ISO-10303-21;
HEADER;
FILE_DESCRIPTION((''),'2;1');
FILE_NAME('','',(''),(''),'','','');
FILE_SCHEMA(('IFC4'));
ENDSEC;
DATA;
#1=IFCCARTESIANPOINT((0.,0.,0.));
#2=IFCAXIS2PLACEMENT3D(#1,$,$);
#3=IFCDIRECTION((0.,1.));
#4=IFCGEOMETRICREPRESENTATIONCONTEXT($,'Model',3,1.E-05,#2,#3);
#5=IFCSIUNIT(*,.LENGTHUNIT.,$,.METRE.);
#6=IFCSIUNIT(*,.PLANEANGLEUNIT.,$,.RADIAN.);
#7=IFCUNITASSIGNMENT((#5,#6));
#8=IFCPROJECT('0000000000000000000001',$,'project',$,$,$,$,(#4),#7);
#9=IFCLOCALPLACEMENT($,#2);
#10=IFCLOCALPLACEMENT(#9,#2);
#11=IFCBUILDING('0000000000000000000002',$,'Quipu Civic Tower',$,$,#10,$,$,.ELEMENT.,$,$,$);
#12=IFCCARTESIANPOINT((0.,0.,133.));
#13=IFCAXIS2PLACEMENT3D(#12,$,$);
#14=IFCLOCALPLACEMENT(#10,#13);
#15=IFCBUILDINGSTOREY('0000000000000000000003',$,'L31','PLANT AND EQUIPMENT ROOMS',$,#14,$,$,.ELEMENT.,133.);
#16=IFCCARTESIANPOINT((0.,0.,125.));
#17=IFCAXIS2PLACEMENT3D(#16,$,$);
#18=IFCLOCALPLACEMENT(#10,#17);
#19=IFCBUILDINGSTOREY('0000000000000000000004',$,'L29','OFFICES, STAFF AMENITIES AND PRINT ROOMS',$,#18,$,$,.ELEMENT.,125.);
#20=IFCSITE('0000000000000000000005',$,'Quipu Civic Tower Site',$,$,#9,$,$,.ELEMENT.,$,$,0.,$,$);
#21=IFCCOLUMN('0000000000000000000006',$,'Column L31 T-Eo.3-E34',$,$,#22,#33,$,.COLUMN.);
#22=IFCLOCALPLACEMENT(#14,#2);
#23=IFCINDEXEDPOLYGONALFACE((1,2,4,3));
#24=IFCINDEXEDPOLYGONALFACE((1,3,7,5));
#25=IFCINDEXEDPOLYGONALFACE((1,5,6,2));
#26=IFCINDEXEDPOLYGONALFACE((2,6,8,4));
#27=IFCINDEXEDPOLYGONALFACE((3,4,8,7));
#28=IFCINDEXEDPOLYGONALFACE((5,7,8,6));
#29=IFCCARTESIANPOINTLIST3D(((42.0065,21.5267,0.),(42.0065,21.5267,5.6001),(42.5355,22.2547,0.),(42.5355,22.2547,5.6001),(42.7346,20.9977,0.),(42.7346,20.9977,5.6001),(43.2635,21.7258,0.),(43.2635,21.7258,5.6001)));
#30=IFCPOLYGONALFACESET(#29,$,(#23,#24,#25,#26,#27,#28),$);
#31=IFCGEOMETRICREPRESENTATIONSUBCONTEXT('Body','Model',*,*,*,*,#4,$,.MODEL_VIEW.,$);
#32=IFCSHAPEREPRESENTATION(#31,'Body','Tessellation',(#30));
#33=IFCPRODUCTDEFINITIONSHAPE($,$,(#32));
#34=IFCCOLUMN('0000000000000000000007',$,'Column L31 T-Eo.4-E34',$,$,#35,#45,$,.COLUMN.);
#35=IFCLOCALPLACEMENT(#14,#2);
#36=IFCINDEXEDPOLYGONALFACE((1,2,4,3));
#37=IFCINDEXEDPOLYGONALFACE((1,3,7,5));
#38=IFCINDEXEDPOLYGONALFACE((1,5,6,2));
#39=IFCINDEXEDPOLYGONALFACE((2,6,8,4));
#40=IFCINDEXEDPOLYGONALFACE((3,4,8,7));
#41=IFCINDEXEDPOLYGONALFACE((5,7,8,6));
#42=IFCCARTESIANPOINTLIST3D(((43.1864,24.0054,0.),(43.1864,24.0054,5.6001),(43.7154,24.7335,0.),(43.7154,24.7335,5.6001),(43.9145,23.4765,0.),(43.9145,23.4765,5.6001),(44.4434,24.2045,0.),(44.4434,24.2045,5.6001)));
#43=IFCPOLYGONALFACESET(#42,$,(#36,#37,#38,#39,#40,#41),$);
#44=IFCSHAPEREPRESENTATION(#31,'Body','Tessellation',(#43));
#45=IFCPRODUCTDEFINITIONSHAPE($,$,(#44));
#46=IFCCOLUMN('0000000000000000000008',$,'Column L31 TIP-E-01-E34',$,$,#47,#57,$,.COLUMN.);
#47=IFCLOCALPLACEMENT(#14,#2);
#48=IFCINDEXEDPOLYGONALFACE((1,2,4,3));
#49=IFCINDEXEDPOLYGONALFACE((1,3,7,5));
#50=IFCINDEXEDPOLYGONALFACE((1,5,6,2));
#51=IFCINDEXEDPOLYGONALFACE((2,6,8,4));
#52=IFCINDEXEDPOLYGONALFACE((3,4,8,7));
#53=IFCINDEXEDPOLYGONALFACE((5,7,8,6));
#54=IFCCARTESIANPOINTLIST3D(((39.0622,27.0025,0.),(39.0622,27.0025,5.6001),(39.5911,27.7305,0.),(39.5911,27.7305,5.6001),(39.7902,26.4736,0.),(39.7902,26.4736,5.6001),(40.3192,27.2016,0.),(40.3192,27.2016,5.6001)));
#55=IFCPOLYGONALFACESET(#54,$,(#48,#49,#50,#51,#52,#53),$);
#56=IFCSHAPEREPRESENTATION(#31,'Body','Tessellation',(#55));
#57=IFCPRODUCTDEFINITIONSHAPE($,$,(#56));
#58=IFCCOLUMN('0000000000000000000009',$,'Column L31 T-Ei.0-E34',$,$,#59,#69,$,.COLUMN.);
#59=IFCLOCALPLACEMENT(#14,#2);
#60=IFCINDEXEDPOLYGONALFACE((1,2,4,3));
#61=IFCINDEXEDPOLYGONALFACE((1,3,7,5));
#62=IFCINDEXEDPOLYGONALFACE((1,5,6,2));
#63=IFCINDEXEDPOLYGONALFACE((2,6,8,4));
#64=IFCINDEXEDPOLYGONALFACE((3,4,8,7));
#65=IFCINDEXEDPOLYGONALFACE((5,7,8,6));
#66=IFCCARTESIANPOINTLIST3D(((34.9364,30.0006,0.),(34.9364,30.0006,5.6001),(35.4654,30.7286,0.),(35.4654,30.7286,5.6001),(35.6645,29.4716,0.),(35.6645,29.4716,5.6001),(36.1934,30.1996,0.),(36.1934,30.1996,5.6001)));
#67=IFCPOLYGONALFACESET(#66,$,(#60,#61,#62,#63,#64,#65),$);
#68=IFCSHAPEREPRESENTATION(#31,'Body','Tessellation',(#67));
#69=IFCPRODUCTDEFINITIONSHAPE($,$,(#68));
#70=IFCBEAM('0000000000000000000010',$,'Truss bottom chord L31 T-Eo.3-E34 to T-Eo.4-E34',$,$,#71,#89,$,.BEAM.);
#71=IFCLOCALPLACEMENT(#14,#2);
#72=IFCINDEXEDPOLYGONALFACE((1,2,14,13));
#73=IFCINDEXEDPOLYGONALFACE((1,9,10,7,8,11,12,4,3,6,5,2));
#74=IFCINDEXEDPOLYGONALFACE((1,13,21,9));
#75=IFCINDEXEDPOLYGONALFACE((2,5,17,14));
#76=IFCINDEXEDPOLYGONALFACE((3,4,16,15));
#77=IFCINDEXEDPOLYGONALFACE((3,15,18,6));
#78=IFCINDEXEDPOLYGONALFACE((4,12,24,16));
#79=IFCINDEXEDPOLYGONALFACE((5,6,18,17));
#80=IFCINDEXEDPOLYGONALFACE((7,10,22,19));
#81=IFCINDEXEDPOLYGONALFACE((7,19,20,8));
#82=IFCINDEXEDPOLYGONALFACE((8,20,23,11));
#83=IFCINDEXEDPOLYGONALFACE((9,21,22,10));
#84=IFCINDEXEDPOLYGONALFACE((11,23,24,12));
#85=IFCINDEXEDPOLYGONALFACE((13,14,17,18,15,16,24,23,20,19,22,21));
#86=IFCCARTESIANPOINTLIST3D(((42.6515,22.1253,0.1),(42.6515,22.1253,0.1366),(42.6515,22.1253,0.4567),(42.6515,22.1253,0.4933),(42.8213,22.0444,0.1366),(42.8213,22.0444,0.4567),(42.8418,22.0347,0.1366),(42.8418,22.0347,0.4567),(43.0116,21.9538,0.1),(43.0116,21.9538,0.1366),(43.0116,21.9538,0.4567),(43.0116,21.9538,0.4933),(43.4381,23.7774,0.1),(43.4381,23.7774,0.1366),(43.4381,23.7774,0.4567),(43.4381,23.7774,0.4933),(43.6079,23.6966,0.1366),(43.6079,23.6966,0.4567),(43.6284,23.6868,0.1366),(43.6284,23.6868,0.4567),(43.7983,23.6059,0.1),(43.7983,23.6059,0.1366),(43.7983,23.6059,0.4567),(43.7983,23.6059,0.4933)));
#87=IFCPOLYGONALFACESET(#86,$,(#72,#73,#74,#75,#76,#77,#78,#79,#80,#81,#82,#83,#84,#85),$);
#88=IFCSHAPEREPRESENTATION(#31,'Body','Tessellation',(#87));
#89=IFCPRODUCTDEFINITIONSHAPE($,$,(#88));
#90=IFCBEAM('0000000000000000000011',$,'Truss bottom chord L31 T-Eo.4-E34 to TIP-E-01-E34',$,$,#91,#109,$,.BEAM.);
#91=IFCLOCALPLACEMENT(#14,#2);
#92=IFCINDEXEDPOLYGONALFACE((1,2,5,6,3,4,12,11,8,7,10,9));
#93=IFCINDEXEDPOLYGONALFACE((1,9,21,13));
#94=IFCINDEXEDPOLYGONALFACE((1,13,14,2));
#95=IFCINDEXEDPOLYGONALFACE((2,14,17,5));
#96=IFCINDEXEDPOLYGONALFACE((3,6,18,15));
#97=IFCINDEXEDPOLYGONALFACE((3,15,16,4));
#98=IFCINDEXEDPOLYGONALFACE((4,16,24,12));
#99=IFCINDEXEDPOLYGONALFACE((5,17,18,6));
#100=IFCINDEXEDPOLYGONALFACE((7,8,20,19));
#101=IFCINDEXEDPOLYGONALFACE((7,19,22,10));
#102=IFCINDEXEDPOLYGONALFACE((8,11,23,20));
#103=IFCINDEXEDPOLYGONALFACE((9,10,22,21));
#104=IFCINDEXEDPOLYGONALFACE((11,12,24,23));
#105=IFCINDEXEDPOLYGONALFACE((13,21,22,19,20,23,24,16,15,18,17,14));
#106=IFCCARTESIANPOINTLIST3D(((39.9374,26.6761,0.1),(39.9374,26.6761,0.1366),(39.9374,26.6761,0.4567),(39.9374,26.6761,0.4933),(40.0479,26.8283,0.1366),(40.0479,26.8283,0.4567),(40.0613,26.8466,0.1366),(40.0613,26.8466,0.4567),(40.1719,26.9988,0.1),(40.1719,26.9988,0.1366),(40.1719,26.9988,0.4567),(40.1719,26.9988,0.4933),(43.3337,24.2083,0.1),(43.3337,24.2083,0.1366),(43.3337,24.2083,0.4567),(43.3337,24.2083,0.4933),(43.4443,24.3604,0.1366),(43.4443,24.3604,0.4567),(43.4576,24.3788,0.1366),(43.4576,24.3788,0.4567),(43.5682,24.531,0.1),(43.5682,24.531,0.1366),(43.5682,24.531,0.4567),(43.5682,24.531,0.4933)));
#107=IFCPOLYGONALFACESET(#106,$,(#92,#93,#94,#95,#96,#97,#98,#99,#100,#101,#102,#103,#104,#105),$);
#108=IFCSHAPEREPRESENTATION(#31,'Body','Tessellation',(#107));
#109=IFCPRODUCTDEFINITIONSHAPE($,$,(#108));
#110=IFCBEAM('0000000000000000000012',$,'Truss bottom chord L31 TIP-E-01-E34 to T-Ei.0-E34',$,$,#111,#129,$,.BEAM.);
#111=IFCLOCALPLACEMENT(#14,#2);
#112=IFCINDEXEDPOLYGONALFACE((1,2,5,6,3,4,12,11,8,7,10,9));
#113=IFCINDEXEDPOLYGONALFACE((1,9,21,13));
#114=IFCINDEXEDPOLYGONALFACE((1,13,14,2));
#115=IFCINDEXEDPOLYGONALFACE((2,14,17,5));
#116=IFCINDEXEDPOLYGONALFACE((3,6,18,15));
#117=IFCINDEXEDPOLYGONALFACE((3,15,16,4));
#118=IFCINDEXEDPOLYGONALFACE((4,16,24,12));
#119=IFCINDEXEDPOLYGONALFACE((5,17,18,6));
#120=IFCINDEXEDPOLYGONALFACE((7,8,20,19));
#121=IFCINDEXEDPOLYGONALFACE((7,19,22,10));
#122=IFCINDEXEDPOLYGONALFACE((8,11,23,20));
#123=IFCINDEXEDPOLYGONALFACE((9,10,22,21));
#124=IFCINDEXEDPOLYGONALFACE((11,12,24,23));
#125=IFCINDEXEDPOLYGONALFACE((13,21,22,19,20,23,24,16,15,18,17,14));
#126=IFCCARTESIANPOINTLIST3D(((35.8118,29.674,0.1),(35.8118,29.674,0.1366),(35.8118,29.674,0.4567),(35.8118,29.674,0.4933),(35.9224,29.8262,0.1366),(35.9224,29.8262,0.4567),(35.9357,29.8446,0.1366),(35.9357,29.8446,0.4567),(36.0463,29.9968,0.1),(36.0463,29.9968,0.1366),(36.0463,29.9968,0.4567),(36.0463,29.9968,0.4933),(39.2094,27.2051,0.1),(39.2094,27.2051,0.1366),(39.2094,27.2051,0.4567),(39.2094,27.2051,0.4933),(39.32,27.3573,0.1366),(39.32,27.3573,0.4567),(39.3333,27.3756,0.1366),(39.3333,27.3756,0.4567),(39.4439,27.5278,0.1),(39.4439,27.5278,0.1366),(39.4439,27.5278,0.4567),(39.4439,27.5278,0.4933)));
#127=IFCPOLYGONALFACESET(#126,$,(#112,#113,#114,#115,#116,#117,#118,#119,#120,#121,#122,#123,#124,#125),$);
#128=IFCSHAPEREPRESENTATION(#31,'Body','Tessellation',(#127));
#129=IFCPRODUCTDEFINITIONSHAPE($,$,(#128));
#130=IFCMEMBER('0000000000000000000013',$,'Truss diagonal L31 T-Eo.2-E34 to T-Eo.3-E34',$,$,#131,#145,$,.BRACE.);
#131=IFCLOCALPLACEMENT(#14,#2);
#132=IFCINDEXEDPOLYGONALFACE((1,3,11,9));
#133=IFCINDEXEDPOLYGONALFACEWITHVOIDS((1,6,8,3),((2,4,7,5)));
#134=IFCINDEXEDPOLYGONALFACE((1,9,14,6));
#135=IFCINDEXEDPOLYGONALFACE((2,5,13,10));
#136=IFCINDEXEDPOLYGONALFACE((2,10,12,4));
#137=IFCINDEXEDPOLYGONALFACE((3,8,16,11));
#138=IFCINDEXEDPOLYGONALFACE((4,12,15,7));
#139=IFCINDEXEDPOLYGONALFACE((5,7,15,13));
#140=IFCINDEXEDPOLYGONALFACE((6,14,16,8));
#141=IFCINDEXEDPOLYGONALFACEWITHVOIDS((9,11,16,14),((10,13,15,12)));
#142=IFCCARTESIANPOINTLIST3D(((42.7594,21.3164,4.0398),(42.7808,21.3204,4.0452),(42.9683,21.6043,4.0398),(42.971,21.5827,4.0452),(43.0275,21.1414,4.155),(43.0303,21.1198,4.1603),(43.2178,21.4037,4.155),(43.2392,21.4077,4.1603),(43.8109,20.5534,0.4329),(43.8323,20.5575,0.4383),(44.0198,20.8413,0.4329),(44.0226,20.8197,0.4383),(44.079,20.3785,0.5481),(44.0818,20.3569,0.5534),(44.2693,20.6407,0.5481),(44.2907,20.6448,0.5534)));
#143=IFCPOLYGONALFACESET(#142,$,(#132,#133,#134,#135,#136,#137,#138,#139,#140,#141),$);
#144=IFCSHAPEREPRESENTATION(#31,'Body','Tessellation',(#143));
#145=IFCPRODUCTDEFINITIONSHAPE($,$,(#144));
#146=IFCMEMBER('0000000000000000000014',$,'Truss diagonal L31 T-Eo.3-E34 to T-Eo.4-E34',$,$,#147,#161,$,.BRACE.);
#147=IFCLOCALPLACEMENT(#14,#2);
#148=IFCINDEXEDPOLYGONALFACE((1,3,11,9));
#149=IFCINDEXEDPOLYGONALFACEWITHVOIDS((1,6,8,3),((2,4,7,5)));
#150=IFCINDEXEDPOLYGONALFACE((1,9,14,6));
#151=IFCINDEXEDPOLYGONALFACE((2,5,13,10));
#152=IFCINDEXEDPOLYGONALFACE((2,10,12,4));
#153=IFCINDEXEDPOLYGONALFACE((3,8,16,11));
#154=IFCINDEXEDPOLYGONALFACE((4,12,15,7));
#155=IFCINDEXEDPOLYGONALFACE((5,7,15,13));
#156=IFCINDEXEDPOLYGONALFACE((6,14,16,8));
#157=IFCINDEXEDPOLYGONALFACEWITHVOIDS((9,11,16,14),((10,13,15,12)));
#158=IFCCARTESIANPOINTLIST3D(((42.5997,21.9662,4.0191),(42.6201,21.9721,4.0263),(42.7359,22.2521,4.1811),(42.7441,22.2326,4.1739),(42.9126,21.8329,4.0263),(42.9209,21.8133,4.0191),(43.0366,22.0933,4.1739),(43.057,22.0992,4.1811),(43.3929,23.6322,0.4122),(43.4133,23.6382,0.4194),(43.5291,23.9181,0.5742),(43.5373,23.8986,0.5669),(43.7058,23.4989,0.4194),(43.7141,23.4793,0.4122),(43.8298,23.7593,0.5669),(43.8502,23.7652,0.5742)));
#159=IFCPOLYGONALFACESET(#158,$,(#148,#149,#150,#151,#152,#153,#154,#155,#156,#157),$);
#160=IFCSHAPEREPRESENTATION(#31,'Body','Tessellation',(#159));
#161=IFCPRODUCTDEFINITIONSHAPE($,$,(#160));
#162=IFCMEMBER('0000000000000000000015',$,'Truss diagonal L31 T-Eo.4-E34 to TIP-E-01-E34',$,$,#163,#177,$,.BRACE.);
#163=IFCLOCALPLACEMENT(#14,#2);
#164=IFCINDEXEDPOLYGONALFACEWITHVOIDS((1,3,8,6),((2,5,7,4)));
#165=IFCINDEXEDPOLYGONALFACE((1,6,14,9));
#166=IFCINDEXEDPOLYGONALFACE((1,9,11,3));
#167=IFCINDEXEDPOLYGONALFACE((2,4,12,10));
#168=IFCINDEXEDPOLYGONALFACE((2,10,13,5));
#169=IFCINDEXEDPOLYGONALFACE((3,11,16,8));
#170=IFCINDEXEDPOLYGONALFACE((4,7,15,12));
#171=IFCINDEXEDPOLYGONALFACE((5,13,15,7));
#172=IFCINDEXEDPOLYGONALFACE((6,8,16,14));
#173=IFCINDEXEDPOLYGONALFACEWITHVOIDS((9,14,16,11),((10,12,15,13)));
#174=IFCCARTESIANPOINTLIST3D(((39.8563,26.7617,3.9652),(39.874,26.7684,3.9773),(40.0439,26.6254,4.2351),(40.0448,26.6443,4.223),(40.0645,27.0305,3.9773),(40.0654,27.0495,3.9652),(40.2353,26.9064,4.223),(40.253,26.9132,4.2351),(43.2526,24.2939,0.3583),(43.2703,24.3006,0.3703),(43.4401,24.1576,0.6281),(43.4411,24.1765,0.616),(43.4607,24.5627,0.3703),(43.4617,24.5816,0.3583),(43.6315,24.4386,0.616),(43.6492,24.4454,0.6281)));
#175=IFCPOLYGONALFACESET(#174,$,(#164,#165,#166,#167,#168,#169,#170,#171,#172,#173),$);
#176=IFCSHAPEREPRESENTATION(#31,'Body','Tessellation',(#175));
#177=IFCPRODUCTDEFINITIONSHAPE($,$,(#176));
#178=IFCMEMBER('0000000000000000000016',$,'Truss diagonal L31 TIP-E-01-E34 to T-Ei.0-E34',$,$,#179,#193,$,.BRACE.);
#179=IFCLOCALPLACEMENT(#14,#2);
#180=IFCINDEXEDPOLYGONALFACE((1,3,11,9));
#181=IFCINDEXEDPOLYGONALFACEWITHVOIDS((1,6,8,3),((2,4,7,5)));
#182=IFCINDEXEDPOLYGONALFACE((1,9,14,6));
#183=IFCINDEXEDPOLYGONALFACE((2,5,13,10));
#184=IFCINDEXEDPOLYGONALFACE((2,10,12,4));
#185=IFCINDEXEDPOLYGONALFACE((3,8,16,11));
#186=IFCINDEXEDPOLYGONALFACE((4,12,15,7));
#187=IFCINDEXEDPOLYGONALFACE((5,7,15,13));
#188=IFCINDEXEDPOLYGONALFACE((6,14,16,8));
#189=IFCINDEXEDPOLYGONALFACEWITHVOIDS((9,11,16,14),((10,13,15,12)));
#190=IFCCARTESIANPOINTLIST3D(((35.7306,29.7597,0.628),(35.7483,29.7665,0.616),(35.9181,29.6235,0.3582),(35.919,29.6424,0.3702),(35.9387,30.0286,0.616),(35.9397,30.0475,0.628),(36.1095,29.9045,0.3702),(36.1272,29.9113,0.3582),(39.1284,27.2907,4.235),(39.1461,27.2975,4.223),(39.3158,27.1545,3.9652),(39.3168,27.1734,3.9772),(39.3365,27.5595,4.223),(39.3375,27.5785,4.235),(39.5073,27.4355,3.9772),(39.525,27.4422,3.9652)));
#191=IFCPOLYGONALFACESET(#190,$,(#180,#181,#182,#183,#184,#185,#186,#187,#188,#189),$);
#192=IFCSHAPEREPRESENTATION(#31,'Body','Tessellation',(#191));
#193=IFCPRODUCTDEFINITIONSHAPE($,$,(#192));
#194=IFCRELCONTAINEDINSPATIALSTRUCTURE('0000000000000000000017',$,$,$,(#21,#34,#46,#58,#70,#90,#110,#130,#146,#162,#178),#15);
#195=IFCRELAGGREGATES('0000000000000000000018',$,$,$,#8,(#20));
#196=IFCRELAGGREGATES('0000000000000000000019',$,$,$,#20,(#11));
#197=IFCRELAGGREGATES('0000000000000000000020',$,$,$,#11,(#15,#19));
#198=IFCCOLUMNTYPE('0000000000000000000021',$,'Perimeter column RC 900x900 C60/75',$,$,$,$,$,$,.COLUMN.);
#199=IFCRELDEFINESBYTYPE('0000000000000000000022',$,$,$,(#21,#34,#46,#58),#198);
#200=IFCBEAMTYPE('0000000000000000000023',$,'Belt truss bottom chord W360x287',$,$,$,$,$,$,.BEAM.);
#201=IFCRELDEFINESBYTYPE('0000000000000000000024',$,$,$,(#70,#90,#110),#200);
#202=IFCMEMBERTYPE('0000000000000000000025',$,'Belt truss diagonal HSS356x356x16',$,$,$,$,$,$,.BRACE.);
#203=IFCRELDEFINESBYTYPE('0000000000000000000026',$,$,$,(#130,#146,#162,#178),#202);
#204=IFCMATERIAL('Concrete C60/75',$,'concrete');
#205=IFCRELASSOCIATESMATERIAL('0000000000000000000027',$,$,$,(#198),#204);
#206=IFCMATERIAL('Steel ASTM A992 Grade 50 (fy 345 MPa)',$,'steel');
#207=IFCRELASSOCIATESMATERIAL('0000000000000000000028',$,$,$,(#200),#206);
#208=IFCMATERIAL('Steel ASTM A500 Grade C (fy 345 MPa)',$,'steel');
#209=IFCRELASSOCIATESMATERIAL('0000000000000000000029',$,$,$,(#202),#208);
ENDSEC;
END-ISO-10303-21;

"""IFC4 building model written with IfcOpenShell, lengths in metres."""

from ifc_helpers import new_model, si_unit, direction, frame, origin, origin_2d, place, context, subcontext, project, spatial, rectangle, hollow_rectangle, i_section, extrude, material, material_profile, profile_set, type_object, element, save


model = new_model("IFC4")

# Units and contexts
model_context = context("Model", 3, precision=1e-05, world=origin(), true_north=direction((0.0, 1.0)))
body_context = subcontext(model_context, "Body", "Model", "MODEL_VIEW")
ifc_project = project(units=[si_unit("LENGTHUNIT", "METRE"), si_unit("PLANEANGLEUNIT", "RADIAN")], contexts=[model_context])

# Site, building, storey
site_placement = place(None, origin())
site = spatial("IfcSite", under=ifc_project, at=site_placement, Name="Quipu Civic Tower Site", CompositionType="ELEMENT", RefElevation=0.0)
building_placement = place(site_placement, origin())
building = spatial("IfcBuilding", under=site, at=building_placement, Name="Quipu Civic Tower", CompositionType="ELEMENT")
storey_1_placement = place(building_placement, frame((0.0, 0.0, 133.0)))
storey_1 = spatial("IfcBuildingStorey", under=building, at=storey_1_placement, Name="L31", Description="PLANT AND EQUIPMENT ROOMS", CompositionType="ELEMENT", Elevation=133.0)

# Columns
ifc_material_1 = material(Name="Concrete C60/75", Category="concrete")
ifc_material_profile_1 = material_profile(ifc_material_1, rectangle(XDim=0.8999, YDim=0.8999, at=origin_2d()), Name="RC900x900")
ifc_profile_set_1 = profile_set([ifc_material_profile_1], Name="Concrete C60/75")
column_type = type_object("IfcColumnType", Name="Perimeter column RC 900x900 C60/75", PredefinedType="COLUMN", material=ifc_profile_set_1)
for number, where, z_axis, x_axis, name in (
    (1, (42.635, 21.6262, 0.0), (0.0, 0.0, 1.0), (-0.809017, 0.587785, 0.0), "Column L31 T-Eo.3-E34"),
    (2, (43.8149, 24.105, 0.0), (0.0, 0.0, 1.0), (-0.809017, 0.587785, 0.0), "Column L31 T-Eo.4-E34"),
    (3, (39.6907, 27.1021, 0.0), (0.0, 0.0, 1.0), (-0.809017, 0.587785, 0.0), "Column L31 TIP-E-01-E34"),
    (4, (35.5649, 30.1001, 0.0), (0.0, 0.0, 1.0), (-0.587785, -0.809017, 0.0), "Column L31 T-Ei.0-E34"),
):
    element("IfcColumn", number, at=place(storey_1_placement, frame(where, z_axis=z_axis, x_axis=x_axis)), inside=storey_1, type_object=column_type, Name=name, PredefinedType="COLUMN", context=body_context, shape_type="SweptSolid", body=[
        extrude(rectangle(XDim=0.8999, YDim=0.8999, at=origin_2d()), origin(), (0.0, 0.0, 1.0), 5.6001),
    ])

# Beams
ifc_material_2 = material(Name="Steel ASTM A992 Grade 50 (fy 345 MPa)", Category="steel")
ifc_material_profile_2 = material_profile(ifc_material_2, i_section(OverallWidth=0.3989, OverallDepth=0.3933, WebThickness=0.0227, FlangeThickness=0.0366, at=origin_2d()), Name="W360x287")
ifc_profile_set_2 = profile_set([ifc_material_profile_2], Name="Steel ASTM A992 Grade 50 (fy 345 MPa)")
beam_type_1 = type_object("IfcBeamType", Name="Belt truss bottom chord W360x287", PredefinedType="BEAM", material=ifc_profile_set_2)
beam_1_placement = place(storey_1_placement, frame((42.8315, 22.0396, 0.2966), z_axis=(0.429892, 0.90288, 0.0), x_axis=(-0.90288, 0.429892, 0.0)))
element("IfcBeam", 5, at=beam_1_placement, inside=storey_1, type_object=beam_type_1, Name="Truss bottom chord L31 T-Eo.3-E34 to T-Eo.4-E34", PredefinedType="BEAM", context=body_context, shape_type="SweptSolid", body=[
    extrude(i_section(OverallWidth=0.3989, OverallDepth=0.3933, WebThickness=0.0227, FlangeThickness=0.0366, at=origin_2d()), origin(), (0.0, 0.0, 1.0), 1.8298),
])
beam_2_placement = place(storey_1_placement, frame((43.4509, 24.3696, 0.2966), z_axis=(-0.808987, 0.587826, 0.0), x_axis=(-0.587826, -0.808987, 0.0)))
element("IfcBeam", 6, at=beam_2_placement, inside=storey_1, type_object=beam_type_1, Name="Truss bottom chord L31 T-Eo.4-E34 to TIP-E-01-E34", PredefinedType="BEAM", context=body_context, shape_type="SweptSolid", body=[
    extrude(i_section(OverallWidth=0.3989, OverallDepth=0.3933, WebThickness=0.0227, FlangeThickness=0.0366, at=origin_2d()), origin(), (0.0, 0.0, 1.0), 4.1982),
])
beam_3_placement = place(storey_1_placement, frame((39.3267, 27.3665, 0.2966), z_axis=(-0.80897, 0.58785, 0.0), x_axis=(-0.58785, -0.80897, 0.0)))
element("IfcBeam", 7, at=beam_3_placement, inside=storey_1, type_object=beam_type_1, Name="Truss bottom chord L31 TIP-E-01-E34 to T-Ei.0-E34", PredefinedType="BEAM", context=body_context, shape_type="SweptSolid", body=[
    extrude(i_section(OverallWidth=0.3989, OverallDepth=0.3933, WebThickness=0.0227, FlangeThickness=0.0366, at=origin_2d()), origin(), (0.0, 0.0, 1.0), 4.2),
])

# Members
ifc_material_3 = material(Name="Steel ASTM A500 Grade C (fy 345 MPa)", Category="steel")
ifc_material_profile_3 = material_profile(ifc_material_3, hollow_rectangle(XDim=0.3557, YDim=0.3557, WallThickness=0.0159, at=origin_2d()), Name="HSS356x356x16")
ifc_profile_set_3 = profile_set([ifc_material_profile_3], Name="Steel ASTM A500 Grade C (fy 345 MPa)")
member_type_1 = type_object("IfcMemberType", Name="Belt truss diagonal HSS356x356x16", PredefinedType="BRACE", material=ifc_profile_set_3)
member_1_placement = place(storey_1_placement, frame((44.0508, 20.5991, 0.4932), z_axis=(-0.274277, 0.199005, 0.940834), x_axis=(-0.587266, -0.809394, 0.0)))
element("IfcMember", 8, at=member_1_placement, inside=storey_1, type_object=member_type_1, Name="Truss diagonal L31 T-Eo.2-E34 to T-Eo.3-E34", PredefinedType="BRACE", context=body_context, shape_type="SweptSolid", body=[
    extrude(hollow_rectangle(XDim=0.3557, YDim=0.3557, WallThickness=0.0159, at=origin_2d()), origin(), (0.0, 0.0, 1.0), 3.8337),
])
member_2_placement = place(storey_1_placement, frame((42.8284, 22.0327, 4.1001), z_axis=(0.195782, 0.411208, -0.890268), x_axis=(-0.902887, 0.429877, 0.0)))
element("IfcMember", 9, at=member_2_placement, inside=storey_1, type_object=member_type_1, Name="Truss diagonal L31 T-Eo.3-E34 to T-Eo.4-E34", PredefinedType="BRACE", context=body_context, shape_type="SweptSolid", body=[
    extrude(hollow_rectangle(XDim=0.3557, YDim=0.3557, WallThickness=0.0159, at=origin_2d()), origin(), (0.0, 0.0, 1.0), 4.0515),
])
member_3_placement = place(storey_1_placement, frame((43.4509, 24.3696, 0.4932), z_axis=(-0.613613, 0.445863, 0.651679), x_axis=(-0.587826, -0.808987, 0.0)))
element("IfcMember", 10, at=member_3_placement, inside=storey_1, type_object=member_type_1, Name="Truss diagonal L31 T-Eo.4-E34 to TIP-E-01-E34", PredefinedType="BRACE", context=body_context, shape_type="SweptSolid", body=[
    extrude(hollow_rectangle(XDim=0.3557, YDim=0.3557, WallThickness=0.0159, at=origin_2d()), origin(), (0.0, 0.0, 1.0), 5.5349),
])
member_4_placement = place(storey_1_placement, frame((39.3267, 27.3665, 4.1001), z_axis=(-0.613717, 0.445967, -0.65151), x_axis=(-0.58785, -0.80897, 0.0)))
element("IfcMember", 11, at=member_4_placement, inside=storey_1, type_object=member_type_1, Name="Truss diagonal L31 TIP-E-01-E34 to T-Ei.0-E34", PredefinedType="BRACE", context=body_context, shape_type="SweptSolid", body=[
    extrude(hollow_rectangle(XDim=0.3557, YDim=0.3557, WallThickness=0.0159, at=origin_2d()), origin(), (0.0, 0.0, 1.0), 5.5364),
])

# Shared definitions
storey_2_placement = place(building_placement, frame((0.0, 0.0, 125.0)))
storey_2 = spatial("IfcBuildingStorey", under=building, at=storey_2_placement, Name="L29", Description="OFFICES, STAFF AMENITIES AND PRINT ROOMS", CompositionType="ELEMENT", Elevation=125.0)

save(model, "model.ifc")
